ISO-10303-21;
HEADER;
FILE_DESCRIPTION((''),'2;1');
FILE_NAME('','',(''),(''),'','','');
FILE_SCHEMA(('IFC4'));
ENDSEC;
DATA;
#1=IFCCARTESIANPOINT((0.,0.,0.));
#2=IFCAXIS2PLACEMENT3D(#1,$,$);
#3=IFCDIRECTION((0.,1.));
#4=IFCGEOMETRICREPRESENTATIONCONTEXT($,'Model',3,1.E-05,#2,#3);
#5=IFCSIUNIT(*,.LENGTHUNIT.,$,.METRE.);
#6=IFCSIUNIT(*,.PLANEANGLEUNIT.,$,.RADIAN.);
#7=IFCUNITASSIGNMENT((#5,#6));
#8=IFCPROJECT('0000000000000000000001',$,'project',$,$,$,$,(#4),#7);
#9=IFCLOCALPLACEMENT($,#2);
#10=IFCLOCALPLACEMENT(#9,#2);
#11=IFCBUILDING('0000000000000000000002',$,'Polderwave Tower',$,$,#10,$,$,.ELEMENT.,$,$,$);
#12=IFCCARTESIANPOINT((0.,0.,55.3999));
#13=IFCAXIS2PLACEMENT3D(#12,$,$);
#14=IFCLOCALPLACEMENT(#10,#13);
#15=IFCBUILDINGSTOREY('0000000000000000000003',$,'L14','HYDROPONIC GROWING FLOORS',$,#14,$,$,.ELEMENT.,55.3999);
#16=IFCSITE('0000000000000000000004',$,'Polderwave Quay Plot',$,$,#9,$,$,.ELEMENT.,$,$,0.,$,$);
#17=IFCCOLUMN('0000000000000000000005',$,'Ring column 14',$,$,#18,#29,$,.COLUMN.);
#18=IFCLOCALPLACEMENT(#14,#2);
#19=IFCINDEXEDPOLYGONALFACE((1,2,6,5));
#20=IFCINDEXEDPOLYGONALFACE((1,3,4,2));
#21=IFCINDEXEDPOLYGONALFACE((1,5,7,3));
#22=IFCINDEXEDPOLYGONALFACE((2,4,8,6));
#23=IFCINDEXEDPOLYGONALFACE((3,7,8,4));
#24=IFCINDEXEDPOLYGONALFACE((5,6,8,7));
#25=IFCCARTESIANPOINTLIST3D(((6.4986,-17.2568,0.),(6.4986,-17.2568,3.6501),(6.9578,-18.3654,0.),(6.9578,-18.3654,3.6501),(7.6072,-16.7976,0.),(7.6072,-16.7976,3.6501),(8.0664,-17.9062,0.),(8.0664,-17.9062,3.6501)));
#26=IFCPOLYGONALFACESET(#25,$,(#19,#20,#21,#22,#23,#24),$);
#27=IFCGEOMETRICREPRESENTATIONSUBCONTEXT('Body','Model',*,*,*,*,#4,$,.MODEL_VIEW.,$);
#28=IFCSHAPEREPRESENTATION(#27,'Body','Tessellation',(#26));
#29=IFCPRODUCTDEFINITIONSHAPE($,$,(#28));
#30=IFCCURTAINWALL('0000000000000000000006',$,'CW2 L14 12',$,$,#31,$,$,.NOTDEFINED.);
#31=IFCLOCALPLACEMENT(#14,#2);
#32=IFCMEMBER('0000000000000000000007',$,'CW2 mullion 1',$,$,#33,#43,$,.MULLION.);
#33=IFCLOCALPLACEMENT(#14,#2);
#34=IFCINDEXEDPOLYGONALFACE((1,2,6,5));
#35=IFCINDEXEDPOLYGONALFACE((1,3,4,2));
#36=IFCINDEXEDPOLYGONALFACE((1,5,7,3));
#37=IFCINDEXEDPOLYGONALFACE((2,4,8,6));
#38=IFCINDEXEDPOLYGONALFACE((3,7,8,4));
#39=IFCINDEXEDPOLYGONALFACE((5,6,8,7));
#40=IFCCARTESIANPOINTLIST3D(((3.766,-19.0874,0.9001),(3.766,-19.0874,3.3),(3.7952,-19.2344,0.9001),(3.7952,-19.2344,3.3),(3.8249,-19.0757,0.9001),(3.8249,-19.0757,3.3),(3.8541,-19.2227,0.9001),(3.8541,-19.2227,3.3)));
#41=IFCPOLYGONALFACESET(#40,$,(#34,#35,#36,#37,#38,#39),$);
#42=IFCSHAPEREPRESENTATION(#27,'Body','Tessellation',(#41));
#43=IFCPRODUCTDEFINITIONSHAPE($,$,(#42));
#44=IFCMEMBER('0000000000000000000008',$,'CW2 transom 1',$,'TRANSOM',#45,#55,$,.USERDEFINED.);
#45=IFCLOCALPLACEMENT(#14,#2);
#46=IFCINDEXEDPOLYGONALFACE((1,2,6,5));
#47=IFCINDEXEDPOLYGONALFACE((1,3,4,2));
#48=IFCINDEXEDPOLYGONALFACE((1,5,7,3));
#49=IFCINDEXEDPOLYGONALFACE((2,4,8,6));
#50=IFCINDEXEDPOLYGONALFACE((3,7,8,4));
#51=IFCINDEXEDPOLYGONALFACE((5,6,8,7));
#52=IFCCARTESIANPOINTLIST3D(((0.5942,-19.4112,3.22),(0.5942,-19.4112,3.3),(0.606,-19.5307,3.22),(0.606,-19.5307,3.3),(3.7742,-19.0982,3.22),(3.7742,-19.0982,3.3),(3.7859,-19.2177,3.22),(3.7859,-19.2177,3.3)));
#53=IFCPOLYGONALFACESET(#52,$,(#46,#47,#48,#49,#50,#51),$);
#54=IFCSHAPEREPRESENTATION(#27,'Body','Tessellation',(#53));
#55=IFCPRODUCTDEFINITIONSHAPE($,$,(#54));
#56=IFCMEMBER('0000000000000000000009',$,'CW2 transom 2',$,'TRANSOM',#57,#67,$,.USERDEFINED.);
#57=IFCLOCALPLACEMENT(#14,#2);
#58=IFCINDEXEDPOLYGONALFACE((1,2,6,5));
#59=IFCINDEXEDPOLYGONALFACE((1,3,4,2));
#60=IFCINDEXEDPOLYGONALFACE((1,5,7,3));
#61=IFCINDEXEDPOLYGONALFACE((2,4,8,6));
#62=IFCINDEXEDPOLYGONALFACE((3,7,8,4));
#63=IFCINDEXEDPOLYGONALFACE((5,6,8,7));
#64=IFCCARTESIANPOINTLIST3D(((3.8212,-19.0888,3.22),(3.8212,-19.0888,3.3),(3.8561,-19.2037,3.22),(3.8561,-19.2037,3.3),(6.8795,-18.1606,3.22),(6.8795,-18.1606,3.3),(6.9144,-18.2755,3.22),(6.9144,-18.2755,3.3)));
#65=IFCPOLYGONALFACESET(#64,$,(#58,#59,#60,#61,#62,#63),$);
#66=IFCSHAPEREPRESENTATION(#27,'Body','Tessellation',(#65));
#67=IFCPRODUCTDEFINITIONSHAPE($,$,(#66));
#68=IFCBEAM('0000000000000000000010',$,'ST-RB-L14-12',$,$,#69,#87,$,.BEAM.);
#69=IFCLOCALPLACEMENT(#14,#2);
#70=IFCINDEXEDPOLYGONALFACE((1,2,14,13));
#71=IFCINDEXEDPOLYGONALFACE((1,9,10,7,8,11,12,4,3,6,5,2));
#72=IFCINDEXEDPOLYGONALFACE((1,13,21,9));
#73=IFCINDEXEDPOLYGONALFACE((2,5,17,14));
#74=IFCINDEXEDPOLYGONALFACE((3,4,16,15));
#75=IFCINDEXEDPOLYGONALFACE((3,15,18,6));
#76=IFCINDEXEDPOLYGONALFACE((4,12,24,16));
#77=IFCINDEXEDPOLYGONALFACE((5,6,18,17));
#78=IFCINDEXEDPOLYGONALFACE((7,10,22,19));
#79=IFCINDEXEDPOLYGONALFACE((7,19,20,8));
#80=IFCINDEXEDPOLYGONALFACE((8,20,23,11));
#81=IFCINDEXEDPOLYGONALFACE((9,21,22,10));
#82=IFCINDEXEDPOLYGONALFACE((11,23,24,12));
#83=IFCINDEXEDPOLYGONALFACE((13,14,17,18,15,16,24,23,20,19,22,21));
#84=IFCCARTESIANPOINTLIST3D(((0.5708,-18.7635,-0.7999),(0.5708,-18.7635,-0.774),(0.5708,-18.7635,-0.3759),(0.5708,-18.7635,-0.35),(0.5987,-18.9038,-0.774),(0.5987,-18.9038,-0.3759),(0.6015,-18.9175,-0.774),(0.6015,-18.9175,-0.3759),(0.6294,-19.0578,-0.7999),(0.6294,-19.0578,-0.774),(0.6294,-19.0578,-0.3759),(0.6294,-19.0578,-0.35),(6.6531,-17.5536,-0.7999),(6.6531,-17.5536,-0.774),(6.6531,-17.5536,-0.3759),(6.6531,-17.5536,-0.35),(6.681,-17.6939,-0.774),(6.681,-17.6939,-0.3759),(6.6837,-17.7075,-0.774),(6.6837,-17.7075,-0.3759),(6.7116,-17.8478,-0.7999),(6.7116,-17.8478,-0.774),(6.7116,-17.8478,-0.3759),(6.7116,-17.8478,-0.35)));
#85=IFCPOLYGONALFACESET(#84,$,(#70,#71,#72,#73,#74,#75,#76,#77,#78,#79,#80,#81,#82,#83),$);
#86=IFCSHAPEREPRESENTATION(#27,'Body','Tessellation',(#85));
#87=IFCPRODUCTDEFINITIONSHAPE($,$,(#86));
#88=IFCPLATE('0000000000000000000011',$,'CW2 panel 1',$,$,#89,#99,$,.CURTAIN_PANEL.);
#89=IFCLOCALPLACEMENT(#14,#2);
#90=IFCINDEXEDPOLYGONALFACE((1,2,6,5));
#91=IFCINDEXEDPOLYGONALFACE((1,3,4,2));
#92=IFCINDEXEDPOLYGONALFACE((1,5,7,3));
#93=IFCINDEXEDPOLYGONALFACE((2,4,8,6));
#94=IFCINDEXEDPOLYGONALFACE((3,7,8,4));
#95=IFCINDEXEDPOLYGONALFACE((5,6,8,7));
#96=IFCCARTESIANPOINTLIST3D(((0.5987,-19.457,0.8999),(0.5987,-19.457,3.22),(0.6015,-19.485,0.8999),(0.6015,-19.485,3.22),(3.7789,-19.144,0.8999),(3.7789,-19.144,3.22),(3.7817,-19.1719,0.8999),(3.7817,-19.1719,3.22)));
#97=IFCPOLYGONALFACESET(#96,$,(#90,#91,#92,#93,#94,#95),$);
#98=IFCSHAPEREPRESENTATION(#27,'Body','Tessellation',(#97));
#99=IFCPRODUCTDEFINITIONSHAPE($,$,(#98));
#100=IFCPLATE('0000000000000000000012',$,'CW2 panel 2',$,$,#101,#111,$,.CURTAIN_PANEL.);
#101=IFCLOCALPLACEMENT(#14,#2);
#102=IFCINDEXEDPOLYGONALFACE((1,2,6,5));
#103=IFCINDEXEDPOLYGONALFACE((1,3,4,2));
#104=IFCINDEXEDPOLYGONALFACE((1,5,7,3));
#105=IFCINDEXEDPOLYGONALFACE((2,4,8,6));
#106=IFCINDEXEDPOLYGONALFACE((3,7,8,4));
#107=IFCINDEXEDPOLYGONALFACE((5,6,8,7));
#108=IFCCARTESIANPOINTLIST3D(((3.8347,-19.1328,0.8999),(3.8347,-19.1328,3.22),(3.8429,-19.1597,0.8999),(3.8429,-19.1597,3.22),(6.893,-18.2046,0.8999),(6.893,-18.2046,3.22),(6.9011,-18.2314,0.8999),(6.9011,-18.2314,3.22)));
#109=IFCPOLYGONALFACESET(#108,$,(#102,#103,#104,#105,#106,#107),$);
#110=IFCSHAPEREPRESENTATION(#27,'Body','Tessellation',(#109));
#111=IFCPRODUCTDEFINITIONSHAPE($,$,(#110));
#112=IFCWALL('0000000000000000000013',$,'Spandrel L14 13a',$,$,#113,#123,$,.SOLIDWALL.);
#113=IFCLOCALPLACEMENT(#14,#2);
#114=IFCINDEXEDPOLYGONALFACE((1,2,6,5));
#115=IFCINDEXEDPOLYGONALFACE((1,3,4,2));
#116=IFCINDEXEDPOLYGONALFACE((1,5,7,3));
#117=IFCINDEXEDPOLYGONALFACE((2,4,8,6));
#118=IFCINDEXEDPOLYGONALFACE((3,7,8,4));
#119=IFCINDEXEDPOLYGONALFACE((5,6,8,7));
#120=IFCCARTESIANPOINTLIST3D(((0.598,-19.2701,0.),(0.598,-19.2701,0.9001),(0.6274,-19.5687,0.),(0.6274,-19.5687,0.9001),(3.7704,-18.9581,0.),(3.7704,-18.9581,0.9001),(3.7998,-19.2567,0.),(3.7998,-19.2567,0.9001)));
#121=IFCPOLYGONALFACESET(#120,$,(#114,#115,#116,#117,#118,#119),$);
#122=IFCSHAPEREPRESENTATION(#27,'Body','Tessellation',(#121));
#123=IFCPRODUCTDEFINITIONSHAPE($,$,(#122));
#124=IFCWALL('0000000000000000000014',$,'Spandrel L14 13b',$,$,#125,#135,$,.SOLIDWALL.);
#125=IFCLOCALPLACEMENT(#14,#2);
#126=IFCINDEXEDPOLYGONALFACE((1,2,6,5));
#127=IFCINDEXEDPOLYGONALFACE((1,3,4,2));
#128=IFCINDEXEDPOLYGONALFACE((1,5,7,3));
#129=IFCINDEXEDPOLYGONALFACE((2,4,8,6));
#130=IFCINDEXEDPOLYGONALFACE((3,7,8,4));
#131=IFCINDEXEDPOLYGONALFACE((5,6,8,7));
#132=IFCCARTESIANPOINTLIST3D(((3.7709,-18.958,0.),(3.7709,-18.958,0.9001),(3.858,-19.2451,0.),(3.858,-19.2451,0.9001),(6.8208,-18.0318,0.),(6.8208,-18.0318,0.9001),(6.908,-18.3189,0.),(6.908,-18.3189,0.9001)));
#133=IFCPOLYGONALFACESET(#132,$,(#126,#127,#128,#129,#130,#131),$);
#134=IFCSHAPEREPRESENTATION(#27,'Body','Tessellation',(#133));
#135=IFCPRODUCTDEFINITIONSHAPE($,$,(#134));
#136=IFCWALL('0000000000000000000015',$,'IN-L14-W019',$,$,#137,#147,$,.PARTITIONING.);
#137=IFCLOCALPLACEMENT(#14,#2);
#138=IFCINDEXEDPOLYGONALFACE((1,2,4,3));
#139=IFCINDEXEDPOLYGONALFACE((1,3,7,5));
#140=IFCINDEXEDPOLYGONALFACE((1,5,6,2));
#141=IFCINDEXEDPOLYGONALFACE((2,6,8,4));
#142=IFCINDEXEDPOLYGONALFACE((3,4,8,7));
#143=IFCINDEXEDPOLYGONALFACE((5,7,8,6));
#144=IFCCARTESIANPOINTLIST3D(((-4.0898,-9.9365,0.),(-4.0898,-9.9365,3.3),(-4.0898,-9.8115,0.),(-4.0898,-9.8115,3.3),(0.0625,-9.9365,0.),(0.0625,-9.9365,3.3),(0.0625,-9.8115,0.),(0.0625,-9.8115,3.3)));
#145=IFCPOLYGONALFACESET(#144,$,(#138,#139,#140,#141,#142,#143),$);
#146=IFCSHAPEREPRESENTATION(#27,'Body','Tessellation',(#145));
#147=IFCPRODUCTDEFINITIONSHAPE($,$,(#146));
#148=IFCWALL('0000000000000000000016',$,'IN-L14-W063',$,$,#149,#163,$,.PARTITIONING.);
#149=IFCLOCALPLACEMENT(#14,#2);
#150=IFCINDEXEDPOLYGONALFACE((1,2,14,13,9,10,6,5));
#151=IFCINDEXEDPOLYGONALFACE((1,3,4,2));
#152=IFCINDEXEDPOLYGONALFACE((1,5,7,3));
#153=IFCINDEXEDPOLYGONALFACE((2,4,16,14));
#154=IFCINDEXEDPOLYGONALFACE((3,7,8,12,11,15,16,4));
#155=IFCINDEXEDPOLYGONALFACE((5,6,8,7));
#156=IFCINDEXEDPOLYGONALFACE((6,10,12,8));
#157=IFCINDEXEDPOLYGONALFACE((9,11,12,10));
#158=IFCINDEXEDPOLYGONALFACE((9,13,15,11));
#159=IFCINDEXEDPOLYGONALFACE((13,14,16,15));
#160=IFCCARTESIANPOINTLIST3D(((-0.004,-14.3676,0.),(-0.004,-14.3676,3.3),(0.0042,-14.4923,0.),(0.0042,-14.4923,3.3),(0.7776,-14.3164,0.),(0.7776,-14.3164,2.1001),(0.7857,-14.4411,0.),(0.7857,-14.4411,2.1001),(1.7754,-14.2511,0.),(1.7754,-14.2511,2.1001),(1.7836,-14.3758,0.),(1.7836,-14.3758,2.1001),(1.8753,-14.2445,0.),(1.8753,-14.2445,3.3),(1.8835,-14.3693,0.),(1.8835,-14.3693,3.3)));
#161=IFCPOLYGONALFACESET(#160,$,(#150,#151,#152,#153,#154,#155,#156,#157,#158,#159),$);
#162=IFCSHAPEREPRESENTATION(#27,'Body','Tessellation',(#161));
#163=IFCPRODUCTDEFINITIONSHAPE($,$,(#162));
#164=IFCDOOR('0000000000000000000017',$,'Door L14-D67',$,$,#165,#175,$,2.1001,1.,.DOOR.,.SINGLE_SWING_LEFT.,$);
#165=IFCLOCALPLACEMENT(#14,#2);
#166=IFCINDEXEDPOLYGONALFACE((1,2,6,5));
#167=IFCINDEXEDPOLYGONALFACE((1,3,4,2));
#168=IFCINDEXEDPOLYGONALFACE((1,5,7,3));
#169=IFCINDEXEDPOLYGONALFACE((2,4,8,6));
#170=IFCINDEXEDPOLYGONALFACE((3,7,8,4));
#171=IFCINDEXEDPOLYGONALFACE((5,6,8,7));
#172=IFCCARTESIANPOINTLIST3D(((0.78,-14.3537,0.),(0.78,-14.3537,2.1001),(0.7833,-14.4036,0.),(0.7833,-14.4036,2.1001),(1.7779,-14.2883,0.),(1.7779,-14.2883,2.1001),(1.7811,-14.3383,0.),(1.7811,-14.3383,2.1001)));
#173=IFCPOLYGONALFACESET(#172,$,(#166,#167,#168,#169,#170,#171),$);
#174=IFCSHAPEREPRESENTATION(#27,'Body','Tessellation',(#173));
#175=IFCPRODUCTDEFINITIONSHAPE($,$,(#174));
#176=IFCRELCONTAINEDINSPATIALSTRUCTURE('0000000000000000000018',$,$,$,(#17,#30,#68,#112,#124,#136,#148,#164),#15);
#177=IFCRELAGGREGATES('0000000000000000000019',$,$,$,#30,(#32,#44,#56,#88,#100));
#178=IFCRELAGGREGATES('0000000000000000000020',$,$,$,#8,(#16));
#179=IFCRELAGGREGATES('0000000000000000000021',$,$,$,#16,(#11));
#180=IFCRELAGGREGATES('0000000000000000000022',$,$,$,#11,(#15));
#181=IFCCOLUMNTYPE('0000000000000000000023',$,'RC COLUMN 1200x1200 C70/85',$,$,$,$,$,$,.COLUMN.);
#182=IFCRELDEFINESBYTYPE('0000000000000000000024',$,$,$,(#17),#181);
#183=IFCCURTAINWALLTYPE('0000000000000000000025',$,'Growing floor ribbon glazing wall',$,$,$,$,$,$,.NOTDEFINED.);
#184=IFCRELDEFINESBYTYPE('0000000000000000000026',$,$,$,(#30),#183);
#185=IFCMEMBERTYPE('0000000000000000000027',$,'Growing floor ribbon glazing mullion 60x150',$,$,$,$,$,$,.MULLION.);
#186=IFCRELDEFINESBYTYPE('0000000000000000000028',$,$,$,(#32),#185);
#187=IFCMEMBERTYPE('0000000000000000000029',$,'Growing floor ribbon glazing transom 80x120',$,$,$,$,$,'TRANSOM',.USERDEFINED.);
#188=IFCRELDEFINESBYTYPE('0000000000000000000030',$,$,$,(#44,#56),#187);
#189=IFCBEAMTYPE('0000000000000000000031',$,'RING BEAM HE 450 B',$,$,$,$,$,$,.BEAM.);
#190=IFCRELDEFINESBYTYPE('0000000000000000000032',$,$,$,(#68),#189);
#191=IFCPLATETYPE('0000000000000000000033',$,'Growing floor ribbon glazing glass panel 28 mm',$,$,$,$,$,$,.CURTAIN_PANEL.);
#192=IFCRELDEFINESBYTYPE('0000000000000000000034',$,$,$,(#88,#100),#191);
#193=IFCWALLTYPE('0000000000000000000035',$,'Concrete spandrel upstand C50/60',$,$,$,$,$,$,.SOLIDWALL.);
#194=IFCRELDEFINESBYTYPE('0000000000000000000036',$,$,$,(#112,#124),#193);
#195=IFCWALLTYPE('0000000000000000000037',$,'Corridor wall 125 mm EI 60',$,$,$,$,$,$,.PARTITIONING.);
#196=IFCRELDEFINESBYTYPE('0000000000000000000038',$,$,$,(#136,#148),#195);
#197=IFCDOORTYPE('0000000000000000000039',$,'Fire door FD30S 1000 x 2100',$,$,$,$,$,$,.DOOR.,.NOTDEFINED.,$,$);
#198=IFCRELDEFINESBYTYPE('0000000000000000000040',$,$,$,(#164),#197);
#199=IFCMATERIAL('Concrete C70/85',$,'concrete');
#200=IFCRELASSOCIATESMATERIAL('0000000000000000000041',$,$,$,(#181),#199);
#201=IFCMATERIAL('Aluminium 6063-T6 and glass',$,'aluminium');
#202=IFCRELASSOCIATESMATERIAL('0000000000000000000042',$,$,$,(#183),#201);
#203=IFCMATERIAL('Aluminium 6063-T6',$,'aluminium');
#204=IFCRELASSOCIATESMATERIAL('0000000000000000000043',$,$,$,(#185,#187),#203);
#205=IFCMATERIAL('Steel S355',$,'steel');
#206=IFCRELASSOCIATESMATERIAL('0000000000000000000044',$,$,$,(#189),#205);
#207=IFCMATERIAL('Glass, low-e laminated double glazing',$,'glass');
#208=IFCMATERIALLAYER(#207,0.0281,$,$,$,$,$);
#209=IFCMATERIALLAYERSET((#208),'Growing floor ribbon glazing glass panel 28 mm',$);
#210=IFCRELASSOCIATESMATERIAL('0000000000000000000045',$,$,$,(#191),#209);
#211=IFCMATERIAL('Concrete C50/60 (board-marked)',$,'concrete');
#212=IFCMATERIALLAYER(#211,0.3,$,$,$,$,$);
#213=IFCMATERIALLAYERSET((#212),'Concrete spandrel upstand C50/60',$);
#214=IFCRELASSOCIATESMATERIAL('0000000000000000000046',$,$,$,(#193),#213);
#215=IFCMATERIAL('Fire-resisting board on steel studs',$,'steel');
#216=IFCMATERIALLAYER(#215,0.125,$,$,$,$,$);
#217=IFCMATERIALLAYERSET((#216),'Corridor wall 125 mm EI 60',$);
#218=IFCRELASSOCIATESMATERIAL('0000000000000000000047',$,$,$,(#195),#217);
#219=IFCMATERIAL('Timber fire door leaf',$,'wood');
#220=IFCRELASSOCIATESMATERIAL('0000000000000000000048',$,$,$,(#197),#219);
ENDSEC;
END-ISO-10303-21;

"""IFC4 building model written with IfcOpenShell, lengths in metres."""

from ifc_helpers import new_model, si_unit, direction, frame, frame_2d, origin, origin_2d, place, context, subcontext, project, spatial, rectangle, i_section, extrude, material, layer, layer_set, material_profile, profile_set, type_object, element, fill, aggregate, save


model = new_model("IFC4")

# Units and contexts
model_context = context("Model", 3, precision=1e-05, world=origin(), true_north=direction((0.0, 1.0)))
body_context = subcontext(model_context, "Body", "Model", "MODEL_VIEW")
ifc_project = project(units=[si_unit("LENGTHUNIT", "METRE"), si_unit("PLANEANGLEUNIT", "RADIAN")], contexts=[model_context])

# Site, building, storey
site_placement = place(None, origin())
site = spatial("IfcSite", under=ifc_project, at=site_placement, Name="Polderwave Quay Plot", CompositionType="ELEMENT", RefElevation=0.0)
building_placement = place(site_placement, origin())
building = spatial("IfcBuilding", under=site, at=building_placement, Name="Polderwave Tower", CompositionType="ELEMENT")
storey_placement = place(building_placement, frame((0.0, 0.0, 55.3999)))
storey = spatial("IfcBuildingStorey", under=building, at=storey_placement, Name="L14", Description="HYDROPONIC GROWING FLOORS", CompositionType="ELEMENT", Elevation=55.3999)

# Column
ifc_material_1 = material(Name="Concrete C70/85", Category="concrete")
ifc_material_profile_1 = material_profile(ifc_material_1, rectangle(XDim=1.2, YDim=1.2, at=origin_2d()), Name="RC 1200x1200")
ifc_profile_set_1 = profile_set([ifc_material_profile_1], Name="Concrete C70/85")
column_type = type_object("IfcColumnType", Name="RC COLUMN 1200x1200 C70/85", PredefinedType="COLUMN", material=ifc_profile_set_1)
column_placement = place(storey_placement, frame((7.2825, -17.5815, 0.0), z_axis=(0.0, 0.0, 1.0), x_axis=(0.382683, -0.92388, 0.0)))
element("IfcColumn", 1, at=column_placement, inside=storey, type_object=column_type, Name="Ring column 14", PredefinedType="COLUMN", context=body_context, shape_type="SweptSolid", body=[
    extrude(rectangle(XDim=1.2, YDim=1.2, at=origin_2d()), origin(), (0.0, 0.0, 1.0), 3.6501),
])

# Curtain wall, members
ifc_material_2 = material(Name="Aluminium 6063-T6 and glass", Category="aluminium")
curtain_wall_type = type_object("IfcCurtainWallType", Name="Growing floor ribbon glazing wall", PredefinedType="NOTDEFINED", material=ifc_material_2)
curtain_wall_placement = place(storey_placement, origin())
curtain_wall = element("IfcCurtainWall", 2, at=curtain_wall_placement, inside=storey, type_object=curtain_wall_type, Name="CW2 L14 12", PredefinedType="NOTDEFINED")
ifc_material_3 = material(Name="Aluminium 6063-T6", Category="aluminium")
ifc_material_profile_2 = material_profile(ifc_material_3, rectangle(XDim=0.1499, YDim=0.0601, at=origin_2d()), Name="AL 60x150")
ifc_profile_set_2 = profile_set([ifc_material_profile_2], Name="Aluminium 6063-T6")
member_type_1 = type_object("IfcMemberType", Name="Growing floor ribbon glazing mullion 60x150", PredefinedType="MULLION", material=ifc_profile_set_2)
member_1_placement = place(storey_placement, frame((3.8101, -19.155, 0.9001), z_axis=(0.0, 0.0, 1.0), x_axis=(-0.195149, 0.980774, 0.0)))
member_1 = element("IfcMember", 3, at=member_1_placement, type_object=member_type_1, Name="CW2 mullion 1", PredefinedType="MULLION", context=body_context, shape_type="SweptSolid", body=[
    extrude(rectangle(XDim=0.1499, YDim=0.0601, at=origin_2d()), origin(), (0.0, 0.0, 1.0), 2.3999),
])
ifc_material_profile_3 = material_profile(ifc_material_3, rectangle(XDim=0.1201, YDim=0.0801, at=origin_2d()), Name="AL 80x120")
ifc_profile_set_3 = profile_set([ifc_material_profile_3], Name="Aluminium 6063-T6")
member_type_2 = type_object("IfcMemberType", Name="Growing floor ribbon glazing transom 80x120", ElementType="TRANSOM", PredefinedType="USERDEFINED", material=ifc_profile_set_3)
member_2_placement = place(storey_placement, frame((0.6001, -19.4709, 3.26), z_axis=(0.995191, 0.097953, 0.0), x_axis=(-0.097953, 0.995191, 0.0)))
member_2 = element("IfcMember", 4, at=member_2_placement, type_object=member_type_2, Name="CW2 transom 1", ObjectType="TRANSOM", PredefinedType="USERDEFINED", context=body_context, shape_type="SweptSolid", body=[
    extrude(rectangle(XDim=0.1201, YDim=0.0801, at=origin_2d()), origin(), (0.0, 0.0, 1.0), 3.1953),
])
member_3_placement = place(storey_placement, frame((3.8386, -19.1462, 3.26), z_axis=(0.956898, 0.290423, 0.0), x_axis=(-0.290423, 0.956898, 0.0)))
member_3 = element("IfcMember", 5, at=member_3_placement, type_object=member_type_2, Name="CW2 transom 2", ObjectType="TRANSOM", PredefinedType="USERDEFINED", context=body_context, shape_type="SweptSolid", body=[
    extrude(rectangle(XDim=0.1201, YDim=0.0801, at=origin_2d()), origin(), (0.0, 0.0, 1.0), 3.196),
])

# Beam
ifc_material_4 = material(Name="Steel S355", Category="steel")
ifc_material_profile_4 = material_profile(ifc_material_4, i_section(OverallWidth=0.3, OverallDepth=0.45, WebThickness=0.0139, FlangeThickness=0.0259, at=origin_2d()), Name="HE 450 B")
ifc_profile_set_4 = profile_set([ifc_material_profile_4], Name="Steel S355")
beam_type = type_object("IfcBeamType", Name="RING BEAM HE 450 B", PredefinedType="BEAM", material=ifc_profile_set_4)
beam_placement = place(storey_placement, frame((0.6001, -18.9106, -0.575), z_axis=(0.980782, 0.195109, 0.0), x_axis=(-0.195109, 0.980782, 0.0)))
element("IfcBeam", 6, at=beam_placement, inside=storey, type_object=beam_type, Name="ST-RB-L14-12", PredefinedType="BEAM", context=body_context, shape_type="SweptSolid", body=[
    extrude(i_section(OverallWidth=0.3, OverallDepth=0.45, WebThickness=0.0139, FlangeThickness=0.0259, at=origin_2d()), origin(), (0.0, 0.0, 1.0), 6.2014),
])

# Plates
ifc_material_5 = material(Name="Glass, low-e laminated double glazing", Category="glass")
ifc_layer_1 = layer(ifc_material_5, 0.0281)
ifc_layer_set_1 = layer_set([ifc_layer_1], Name="Growing floor ribbon glazing glass panel 28 mm")
plate_type = type_object("IfcPlateType", Name="Growing floor ribbon glazing glass panel 28 mm", PredefinedType="CURTAIN_PANEL", material=ifc_layer_set_1)
plate_1_placement = place(storey_placement, frame((2.1902, -19.3145, 0.8999), z_axis=(0.0, 0.0, 1.0), x_axis=(0.99519, 0.097969, 0.0)))
plate_1 = element("IfcPlate", 7, at=plate_1_placement, type_object=plate_type, Name="CW2 panel 1", PredefinedType="CURTAIN_PANEL", context=body_context, shape_type="SweptSolid", body=[
    extrude(rectangle(XDim=3.1956, YDim=0.0281, at=origin_2d()), origin(), (0.0, 0.0, 1.0), 2.3201),
])
plate_2_placement = place(storey_placement, frame((5.3679, -18.6821, 0.8999), z_axis=(0.0, 0.0, 1.0), x_axis=(0.956891, 0.290447, 0.0)))
plate_2 = element("IfcPlate", 8, at=plate_2_placement, type_object=plate_type, Name="CW2 panel 2", PredefinedType="CURTAIN_PANEL", context=body_context, shape_type="SweptSolid", body=[
    extrude(rectangle(XDim=3.196, YDim=0.0281, at=origin_2d()), origin(), (0.0, 0.0, 1.0), 2.3201),
])
aggregate(curtain_wall, [member_1, member_2, member_3, plate_1, plate_2])

# Walls
ifc_material_6 = material(Name="Concrete C50/60 (board-marked)", Category="concrete")
ifc_layer_2 = layer(ifc_material_6, 0.3)
ifc_layer_set_2 = layer_set([ifc_layer_2], Name="Concrete spandrel upstand C50/60")
wall_type_1 = type_object("IfcWallType", Name="Concrete spandrel upstand C50/60", PredefinedType="SOLIDWALL", material=ifc_layer_set_2)
wall_1_placement = place(storey_placement, frame((0.6128, -19.4194, 0.0), z_axis=(0.0, 0.0, 1.0), x_axis=(0.995198, 0.097881, 0.0)))
element("IfcWall", 9, at=wall_1_placement, inside=storey, type_object=wall_type_1, Name="Spandrel L14 13a", PredefinedType="SOLIDWALL", context=body_context, shape_type="SweptSolid", body=[
    extrude(rectangle(XDim=3.1877, YDim=0.3, at=frame_2d((1.5938, 0.0))), origin(), (0.0, 0.0, 1.0), 0.9001),
])
wall_2_placement = place(storey_placement, frame((3.8145, -19.1016, 0.0), z_axis=(0.0, 0.0, 1.0), x_axis=(0.956849, 0.290586, 0.0)))
element("IfcWall", 10, at=wall_2_placement, inside=storey, type_object=wall_type_1, Name="Spandrel L14 13b", PredefinedType="SOLIDWALL", context=body_context, shape_type="SweptSolid", body=[
    extrude(rectangle(XDim=3.1875, YDim=0.3, at=frame_2d((1.5938, 0.0))), origin(), (0.0, 0.0, 1.0), 0.9001),
])
ifc_material_7 = material(Name="Fire-resisting board on steel studs", Category="steel")
ifc_layer_3 = layer(ifc_material_7, 0.125)
ifc_layer_set_3 = layer_set([ifc_layer_3], Name="Corridor wall 125 mm EI 60")
wall_type_2 = type_object("IfcWallType", Name="Corridor wall 125 mm EI 60", PredefinedType="PARTITIONING", material=ifc_layer_set_3)
wall_3_placement = place(storey_placement, frame((0.0625, -9.874, 0.0), z_axis=(0.0, 0.0, 1.0), x_axis=(-1.0, 0.0, 0.0)))
element("IfcWall", 11, at=wall_3_placement, inside=storey, type_object=wall_type_2, Name="IN-L14-W019", PredefinedType="PARTITIONING", context=body_context, shape_type="SweptSolid", body=[
    extrude(rectangle(XDim=4.1523, YDim=0.125, at=frame_2d((2.0762, 0.0))), origin(), (0.0, 0.0, 1.0), 3.3),
])

# Wall, opening, door
wall_4_placement = place(storey_placement, frame((1.8794, -14.3069, 0.0), z_axis=(0.0, 0.0, 1.0), x_axis=(-0.997864, -0.065332, 0.0)))
wall_4 = element("IfcWall", 12, at=wall_4_placement, inside=storey, type_object=wall_type_2, Name="IN-L14-W063", PredefinedType="PARTITIONING", context=body_context, shape_type="SweptSolid", body=[
    extrude(rectangle(XDim=1.8833, YDim=0.125, at=frame_2d((0.9417, 0.0))), origin(), (0.0, 0.0, 1.0), 3.3),
])
opening_placement = place(wall_4_placement, frame((0.1001, 0.0, 0.0)))
opening = element("IfcOpeningElement", 13, at=opening_placement, cuts=wall_4, PredefinedType="OPENING", context=body_context, shape_type="SweptSolid", body=[
    extrude(rectangle(XDim=1.0, YDim=2.1001, at=frame_2d((0.5, 1.05))), frame((0.0, 0.0725, 0.0), z_axis=(0.0, -1.0, 0.0), x_axis=(1.0, 0.0, 0.0)), (0.0, 0.0, 1.0), 0.145),
])
ifc_material_8 = material(Name="Timber fire door leaf", Category="wood")
door_type = type_object("IfcDoorType", Name="Fire door FD30S 1000 x 2100", OperationType="NOTDEFINED", PredefinedType="DOOR", material=ifc_material_8)
door_placement = place(opening_placement, origin())
door = element("IfcDoor", 14, at=door_placement, inside=storey, type_object=door_type, Name="Door L14-D67", OperationType="SINGLE_SWING_LEFT", OverallHeight=2.1001, OverallWidth=1.0, PredefinedType="DOOR", context=body_context, shape_type="SweptSolid", body=[
    extrude(rectangle(XDim=1.0, YDim=2.1001, at=frame_2d((0.5, 1.05))), frame((0.0, 0.0249, 0.0), z_axis=(0.0, -1.0, 0.0), x_axis=(1.0, 0.0, 0.0)), (0.0, 0.0, 1.0), 0.05),
])
fill(opening, door)

save(model, "model.ifc")
